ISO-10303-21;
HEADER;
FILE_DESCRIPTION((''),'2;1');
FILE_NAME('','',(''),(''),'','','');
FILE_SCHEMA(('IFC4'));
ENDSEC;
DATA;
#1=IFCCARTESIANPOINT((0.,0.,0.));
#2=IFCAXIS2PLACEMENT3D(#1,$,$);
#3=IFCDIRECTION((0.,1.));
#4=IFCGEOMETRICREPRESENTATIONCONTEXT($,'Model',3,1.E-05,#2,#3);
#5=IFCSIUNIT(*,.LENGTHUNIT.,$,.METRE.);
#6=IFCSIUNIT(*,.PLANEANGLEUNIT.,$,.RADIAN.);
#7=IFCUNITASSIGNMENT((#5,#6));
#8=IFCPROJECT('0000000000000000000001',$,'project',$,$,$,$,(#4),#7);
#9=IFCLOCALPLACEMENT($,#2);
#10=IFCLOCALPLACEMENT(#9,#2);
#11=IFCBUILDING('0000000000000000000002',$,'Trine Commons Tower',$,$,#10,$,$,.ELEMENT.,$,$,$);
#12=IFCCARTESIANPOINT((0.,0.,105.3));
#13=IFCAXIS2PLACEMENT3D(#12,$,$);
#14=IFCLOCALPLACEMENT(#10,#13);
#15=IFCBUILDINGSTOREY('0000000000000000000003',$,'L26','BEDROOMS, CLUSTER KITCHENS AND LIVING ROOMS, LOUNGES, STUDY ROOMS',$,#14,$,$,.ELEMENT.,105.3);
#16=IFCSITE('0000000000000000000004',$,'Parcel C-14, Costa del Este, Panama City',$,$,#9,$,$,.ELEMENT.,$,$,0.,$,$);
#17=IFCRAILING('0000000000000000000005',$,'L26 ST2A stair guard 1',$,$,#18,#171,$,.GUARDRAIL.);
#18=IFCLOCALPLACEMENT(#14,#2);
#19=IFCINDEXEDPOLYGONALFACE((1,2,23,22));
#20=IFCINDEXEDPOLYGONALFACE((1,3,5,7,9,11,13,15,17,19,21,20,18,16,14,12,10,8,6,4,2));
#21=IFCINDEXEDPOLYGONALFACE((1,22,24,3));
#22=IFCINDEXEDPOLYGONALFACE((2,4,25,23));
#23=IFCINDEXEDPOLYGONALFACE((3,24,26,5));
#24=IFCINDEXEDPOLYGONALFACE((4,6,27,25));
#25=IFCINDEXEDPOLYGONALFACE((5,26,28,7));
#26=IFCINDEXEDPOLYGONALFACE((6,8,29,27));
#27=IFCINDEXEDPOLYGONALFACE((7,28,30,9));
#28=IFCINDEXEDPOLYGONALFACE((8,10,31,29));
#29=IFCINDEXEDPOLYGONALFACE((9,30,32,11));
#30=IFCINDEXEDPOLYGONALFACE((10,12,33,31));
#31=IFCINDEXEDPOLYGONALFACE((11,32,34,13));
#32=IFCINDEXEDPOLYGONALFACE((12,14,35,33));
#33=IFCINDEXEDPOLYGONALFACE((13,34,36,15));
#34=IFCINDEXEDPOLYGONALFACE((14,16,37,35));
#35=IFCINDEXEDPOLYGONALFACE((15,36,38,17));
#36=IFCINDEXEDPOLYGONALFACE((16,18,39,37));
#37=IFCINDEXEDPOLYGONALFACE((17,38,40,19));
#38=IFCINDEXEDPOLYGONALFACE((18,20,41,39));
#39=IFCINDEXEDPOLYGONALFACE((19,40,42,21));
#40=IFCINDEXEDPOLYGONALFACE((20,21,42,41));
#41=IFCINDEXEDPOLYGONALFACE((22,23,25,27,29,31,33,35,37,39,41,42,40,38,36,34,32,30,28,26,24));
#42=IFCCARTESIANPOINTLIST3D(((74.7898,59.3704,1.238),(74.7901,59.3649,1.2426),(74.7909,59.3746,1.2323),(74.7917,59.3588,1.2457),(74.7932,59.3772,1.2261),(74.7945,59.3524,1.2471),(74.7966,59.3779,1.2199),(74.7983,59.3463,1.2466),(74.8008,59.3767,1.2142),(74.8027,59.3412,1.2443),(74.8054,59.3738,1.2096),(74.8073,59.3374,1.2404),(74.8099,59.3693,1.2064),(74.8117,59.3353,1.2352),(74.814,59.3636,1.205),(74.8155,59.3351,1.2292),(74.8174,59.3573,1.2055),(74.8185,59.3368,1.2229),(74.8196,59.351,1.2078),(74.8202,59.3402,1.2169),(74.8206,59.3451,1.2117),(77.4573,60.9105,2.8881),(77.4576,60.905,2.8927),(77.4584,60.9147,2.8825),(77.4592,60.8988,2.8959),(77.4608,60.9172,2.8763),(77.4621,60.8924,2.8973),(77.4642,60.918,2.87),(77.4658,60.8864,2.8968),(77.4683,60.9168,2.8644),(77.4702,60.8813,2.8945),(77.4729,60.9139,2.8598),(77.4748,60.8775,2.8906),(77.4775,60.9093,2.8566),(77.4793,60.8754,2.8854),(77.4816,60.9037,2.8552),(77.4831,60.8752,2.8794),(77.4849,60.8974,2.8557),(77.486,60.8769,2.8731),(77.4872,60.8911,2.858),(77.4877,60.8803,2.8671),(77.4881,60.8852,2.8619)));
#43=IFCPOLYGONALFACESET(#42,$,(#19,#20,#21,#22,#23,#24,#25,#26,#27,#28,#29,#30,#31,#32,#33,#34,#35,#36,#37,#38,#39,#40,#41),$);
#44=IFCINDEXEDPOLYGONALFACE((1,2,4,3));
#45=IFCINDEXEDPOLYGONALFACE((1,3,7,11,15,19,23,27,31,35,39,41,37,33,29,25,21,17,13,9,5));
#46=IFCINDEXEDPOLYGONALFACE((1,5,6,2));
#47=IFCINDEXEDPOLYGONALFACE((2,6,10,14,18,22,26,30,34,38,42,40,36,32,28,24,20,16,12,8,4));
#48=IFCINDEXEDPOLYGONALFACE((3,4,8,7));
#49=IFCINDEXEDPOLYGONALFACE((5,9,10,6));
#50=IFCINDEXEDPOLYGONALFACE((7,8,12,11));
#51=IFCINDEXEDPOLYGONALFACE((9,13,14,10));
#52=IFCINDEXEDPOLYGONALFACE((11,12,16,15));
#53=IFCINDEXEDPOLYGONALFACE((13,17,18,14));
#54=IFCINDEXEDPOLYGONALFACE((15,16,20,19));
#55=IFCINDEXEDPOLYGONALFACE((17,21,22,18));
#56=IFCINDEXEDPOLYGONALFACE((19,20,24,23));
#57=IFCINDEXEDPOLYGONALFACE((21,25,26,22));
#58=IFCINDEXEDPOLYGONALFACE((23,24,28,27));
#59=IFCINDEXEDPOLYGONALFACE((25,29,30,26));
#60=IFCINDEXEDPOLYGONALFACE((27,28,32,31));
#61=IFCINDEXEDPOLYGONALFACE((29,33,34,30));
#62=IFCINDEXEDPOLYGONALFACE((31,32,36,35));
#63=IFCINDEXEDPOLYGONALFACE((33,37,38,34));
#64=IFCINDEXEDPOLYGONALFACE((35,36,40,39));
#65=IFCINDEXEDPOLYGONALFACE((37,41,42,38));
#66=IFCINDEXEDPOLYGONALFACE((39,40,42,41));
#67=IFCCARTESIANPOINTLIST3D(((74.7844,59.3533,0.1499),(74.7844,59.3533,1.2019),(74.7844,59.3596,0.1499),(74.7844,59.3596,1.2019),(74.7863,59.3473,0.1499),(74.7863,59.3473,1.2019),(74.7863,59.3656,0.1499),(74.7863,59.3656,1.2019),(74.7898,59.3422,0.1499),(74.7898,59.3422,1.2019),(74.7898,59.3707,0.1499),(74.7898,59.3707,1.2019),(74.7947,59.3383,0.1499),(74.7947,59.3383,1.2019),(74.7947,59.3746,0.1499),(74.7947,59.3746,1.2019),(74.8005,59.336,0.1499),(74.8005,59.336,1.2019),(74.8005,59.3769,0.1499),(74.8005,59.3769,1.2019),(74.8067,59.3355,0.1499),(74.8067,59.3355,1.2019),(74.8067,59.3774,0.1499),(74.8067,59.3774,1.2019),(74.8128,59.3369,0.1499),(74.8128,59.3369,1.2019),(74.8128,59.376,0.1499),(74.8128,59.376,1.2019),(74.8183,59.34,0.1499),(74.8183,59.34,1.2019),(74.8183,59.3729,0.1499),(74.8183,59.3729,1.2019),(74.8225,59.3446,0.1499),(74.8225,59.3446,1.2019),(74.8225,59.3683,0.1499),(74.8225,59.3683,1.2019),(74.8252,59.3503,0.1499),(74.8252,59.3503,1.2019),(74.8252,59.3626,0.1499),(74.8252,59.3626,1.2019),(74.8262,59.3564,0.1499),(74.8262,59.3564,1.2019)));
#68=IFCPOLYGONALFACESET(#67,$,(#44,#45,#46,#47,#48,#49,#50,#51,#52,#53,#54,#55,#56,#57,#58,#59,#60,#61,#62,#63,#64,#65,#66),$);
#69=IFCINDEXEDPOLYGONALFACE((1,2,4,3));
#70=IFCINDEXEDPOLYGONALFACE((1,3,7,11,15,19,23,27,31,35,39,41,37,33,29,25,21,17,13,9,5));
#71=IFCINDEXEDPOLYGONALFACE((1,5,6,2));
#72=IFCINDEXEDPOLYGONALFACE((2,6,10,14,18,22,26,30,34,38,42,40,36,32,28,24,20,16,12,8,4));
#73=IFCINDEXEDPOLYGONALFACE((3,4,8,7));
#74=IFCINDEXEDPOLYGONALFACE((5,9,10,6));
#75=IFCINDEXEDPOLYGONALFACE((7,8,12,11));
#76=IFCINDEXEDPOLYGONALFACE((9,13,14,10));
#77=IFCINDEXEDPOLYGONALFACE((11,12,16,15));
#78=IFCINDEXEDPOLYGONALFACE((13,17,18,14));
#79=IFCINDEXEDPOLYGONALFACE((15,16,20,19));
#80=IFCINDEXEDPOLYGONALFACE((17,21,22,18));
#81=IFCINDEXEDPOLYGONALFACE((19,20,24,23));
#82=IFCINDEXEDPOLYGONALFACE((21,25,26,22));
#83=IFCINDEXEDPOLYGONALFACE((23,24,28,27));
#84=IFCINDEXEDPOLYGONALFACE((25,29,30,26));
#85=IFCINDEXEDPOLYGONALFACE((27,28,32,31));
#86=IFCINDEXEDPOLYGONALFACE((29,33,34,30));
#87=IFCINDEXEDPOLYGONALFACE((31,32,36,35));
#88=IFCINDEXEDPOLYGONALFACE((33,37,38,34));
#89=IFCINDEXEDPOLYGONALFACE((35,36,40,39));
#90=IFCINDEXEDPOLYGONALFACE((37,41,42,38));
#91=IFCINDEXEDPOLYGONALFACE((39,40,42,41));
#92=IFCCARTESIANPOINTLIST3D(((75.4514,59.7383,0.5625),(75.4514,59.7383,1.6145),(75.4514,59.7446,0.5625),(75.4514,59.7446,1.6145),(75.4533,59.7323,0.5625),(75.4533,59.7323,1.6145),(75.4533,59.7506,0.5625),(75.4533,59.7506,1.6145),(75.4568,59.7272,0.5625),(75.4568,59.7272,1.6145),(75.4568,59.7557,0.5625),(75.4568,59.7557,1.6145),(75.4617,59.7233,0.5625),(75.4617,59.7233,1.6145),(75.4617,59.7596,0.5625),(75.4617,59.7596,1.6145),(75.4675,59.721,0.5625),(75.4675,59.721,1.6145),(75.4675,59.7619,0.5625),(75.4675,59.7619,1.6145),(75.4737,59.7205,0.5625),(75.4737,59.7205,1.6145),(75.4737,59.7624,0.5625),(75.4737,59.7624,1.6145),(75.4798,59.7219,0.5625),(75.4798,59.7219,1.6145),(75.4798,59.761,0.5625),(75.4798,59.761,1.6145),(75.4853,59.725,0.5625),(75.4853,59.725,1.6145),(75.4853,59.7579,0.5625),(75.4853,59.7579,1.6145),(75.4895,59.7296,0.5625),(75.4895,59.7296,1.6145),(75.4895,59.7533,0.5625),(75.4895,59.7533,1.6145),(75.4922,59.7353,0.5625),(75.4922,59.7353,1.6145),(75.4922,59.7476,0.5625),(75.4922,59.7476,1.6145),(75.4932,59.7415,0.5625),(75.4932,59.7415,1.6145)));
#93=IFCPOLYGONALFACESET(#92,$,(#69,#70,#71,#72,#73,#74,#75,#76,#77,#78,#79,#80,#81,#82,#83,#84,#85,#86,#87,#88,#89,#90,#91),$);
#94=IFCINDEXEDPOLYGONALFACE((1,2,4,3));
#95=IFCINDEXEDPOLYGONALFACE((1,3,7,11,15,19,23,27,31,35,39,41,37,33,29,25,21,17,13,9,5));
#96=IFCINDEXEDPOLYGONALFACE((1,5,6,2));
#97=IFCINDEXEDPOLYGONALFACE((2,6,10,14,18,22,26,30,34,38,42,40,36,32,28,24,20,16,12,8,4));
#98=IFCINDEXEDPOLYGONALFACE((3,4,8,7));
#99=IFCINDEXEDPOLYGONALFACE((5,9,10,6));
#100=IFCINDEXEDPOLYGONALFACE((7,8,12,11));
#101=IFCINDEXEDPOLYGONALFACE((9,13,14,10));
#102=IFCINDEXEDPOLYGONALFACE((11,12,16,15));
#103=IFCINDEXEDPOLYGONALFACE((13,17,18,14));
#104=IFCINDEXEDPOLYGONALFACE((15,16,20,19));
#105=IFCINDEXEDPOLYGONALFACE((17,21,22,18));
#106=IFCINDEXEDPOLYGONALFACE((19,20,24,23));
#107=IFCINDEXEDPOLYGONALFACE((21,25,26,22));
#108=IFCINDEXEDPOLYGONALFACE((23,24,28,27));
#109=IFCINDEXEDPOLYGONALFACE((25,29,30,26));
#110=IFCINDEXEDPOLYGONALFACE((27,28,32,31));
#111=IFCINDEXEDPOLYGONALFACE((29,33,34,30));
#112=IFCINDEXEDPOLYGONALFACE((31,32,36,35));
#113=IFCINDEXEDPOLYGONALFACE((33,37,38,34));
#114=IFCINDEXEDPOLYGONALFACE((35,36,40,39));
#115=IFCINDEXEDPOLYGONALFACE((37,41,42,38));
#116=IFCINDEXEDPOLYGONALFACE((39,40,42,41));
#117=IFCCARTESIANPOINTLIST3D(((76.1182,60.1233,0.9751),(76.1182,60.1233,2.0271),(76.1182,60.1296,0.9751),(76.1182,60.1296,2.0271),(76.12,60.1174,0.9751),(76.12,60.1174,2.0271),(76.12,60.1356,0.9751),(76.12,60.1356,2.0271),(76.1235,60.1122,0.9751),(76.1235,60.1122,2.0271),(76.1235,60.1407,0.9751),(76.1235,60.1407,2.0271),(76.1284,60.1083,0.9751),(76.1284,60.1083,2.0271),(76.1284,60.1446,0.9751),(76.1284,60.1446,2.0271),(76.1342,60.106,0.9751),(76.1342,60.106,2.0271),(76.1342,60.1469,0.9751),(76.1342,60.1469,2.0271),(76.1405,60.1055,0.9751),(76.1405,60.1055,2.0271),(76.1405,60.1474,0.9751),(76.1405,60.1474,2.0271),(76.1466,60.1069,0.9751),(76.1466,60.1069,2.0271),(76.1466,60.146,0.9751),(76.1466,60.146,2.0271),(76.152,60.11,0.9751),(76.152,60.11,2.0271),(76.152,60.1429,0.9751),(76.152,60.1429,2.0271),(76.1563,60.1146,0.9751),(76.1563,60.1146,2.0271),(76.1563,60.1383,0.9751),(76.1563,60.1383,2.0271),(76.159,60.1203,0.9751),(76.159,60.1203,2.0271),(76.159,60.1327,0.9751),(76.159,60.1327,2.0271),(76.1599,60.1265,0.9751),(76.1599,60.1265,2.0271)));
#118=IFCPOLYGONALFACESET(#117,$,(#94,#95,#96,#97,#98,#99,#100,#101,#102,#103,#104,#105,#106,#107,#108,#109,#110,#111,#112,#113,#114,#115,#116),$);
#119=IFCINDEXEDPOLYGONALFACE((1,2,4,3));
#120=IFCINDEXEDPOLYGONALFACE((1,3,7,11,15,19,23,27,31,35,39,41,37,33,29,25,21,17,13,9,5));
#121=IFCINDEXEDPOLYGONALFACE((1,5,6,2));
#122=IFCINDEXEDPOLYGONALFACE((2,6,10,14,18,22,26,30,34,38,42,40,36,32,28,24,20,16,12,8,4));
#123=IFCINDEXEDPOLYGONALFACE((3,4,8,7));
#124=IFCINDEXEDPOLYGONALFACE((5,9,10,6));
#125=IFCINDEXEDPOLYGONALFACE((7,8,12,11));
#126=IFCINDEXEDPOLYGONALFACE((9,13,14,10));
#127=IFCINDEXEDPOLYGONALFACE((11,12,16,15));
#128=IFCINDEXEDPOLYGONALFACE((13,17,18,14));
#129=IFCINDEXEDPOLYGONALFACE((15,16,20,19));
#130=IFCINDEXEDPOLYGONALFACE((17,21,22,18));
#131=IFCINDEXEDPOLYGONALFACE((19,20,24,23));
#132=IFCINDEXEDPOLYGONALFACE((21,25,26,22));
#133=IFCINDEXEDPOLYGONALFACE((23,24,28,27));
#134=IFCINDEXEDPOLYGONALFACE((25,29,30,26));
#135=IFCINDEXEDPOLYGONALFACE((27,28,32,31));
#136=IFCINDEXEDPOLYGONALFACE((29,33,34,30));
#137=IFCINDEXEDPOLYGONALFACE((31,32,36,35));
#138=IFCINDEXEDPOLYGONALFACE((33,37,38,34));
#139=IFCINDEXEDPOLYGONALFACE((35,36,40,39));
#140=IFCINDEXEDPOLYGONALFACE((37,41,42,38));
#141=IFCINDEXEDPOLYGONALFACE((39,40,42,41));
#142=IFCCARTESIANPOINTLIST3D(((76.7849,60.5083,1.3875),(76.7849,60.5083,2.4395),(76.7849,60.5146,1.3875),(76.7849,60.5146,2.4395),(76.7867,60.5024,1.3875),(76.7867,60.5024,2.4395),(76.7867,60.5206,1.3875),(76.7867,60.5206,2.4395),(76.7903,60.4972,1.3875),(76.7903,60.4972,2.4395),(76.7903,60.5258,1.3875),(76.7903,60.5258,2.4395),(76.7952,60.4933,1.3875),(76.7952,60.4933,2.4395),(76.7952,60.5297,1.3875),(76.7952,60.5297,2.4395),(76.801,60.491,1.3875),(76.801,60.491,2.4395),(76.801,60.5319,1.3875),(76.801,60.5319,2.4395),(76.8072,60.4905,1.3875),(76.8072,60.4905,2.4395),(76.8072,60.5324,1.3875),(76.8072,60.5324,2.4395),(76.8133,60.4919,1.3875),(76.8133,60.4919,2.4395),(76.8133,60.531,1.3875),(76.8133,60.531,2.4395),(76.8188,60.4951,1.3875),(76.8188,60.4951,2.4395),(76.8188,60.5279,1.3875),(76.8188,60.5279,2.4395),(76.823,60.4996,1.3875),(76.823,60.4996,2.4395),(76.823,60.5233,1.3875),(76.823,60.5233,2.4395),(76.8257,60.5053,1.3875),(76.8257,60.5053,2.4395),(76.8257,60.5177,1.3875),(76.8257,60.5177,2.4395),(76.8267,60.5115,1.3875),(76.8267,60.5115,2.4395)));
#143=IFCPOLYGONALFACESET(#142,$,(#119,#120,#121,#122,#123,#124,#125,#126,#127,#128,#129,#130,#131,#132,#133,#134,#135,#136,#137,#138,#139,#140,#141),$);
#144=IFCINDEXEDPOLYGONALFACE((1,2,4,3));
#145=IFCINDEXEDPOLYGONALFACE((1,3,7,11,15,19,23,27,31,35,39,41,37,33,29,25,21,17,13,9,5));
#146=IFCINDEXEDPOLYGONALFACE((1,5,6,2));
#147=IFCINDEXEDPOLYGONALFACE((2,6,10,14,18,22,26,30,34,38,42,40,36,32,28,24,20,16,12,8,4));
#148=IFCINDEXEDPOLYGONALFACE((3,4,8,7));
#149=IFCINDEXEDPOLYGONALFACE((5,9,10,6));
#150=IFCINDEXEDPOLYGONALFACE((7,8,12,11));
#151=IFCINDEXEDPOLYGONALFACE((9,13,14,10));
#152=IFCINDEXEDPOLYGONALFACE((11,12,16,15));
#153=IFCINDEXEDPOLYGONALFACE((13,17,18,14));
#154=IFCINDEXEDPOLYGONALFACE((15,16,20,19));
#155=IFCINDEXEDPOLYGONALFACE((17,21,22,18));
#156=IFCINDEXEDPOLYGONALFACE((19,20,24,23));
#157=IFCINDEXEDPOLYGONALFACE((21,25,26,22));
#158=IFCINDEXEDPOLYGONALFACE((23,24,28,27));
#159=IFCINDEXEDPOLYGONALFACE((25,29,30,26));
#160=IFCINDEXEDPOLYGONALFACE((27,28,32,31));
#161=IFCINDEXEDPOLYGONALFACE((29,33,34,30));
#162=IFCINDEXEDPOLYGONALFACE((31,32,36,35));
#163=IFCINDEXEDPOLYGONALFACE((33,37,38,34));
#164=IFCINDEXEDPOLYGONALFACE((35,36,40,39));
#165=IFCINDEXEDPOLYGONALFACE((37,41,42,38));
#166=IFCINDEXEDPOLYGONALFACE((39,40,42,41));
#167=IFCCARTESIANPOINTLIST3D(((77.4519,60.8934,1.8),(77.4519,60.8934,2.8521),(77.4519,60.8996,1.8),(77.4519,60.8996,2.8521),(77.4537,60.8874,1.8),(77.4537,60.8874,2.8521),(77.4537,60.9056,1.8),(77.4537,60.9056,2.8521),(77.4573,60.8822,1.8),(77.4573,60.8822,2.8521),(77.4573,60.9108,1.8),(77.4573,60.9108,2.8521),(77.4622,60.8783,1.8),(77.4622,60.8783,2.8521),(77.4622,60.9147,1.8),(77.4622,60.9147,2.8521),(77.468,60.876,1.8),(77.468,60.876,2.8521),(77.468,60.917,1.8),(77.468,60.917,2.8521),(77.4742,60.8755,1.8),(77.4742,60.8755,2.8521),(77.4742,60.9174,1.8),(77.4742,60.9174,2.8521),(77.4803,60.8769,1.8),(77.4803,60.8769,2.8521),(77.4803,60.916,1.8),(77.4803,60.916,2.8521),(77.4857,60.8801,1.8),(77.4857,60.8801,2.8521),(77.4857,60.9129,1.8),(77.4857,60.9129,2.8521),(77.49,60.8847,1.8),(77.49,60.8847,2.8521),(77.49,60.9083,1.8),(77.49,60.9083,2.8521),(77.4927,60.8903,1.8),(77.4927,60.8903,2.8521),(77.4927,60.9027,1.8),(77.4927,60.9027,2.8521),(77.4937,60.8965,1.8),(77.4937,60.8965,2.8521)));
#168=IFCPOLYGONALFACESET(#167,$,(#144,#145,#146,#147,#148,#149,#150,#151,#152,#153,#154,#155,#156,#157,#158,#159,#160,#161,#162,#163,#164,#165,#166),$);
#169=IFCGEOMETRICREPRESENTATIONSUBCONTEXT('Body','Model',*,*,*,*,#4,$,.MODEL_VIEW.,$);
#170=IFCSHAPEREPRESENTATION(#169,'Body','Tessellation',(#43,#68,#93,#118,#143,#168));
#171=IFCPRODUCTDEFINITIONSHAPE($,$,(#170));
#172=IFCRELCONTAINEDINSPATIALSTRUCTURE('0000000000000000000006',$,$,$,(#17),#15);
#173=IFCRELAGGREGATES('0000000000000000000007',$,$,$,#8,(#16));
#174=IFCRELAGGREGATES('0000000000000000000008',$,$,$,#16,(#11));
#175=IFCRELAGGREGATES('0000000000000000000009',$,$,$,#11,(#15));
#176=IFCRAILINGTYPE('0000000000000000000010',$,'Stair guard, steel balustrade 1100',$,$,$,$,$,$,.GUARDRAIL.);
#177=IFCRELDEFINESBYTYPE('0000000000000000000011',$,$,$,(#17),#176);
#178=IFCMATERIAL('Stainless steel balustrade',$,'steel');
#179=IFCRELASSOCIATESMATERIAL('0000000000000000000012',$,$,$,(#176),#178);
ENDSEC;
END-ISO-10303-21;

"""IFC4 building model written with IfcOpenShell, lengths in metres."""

from ifc_helpers import new_model, si_unit, direction, frame, origin, origin_2d, place, context, subcontext, project, spatial, circle, extrude, material, type_object, element, save


model = new_model("IFC4")

# Units and contexts
model_context = context("Model", 3, precision=1e-05, world=origin(), true_north=direction((0.0, 1.0)))
body_context = subcontext(model_context, "Body", "Model", "MODEL_VIEW")
ifc_project = project(units=[si_unit("LENGTHUNIT", "METRE"), si_unit("PLANEANGLEUNIT", "RADIAN")], contexts=[model_context])

# Site, building, storey
site_placement = place(None, origin())
site = spatial("IfcSite", under=ifc_project, at=site_placement, Name="Parcel C-14, Costa del Este, Panama City", CompositionType="ELEMENT", RefElevation=0.0)
building_placement = place(site_placement, origin())
building = spatial("IfcBuilding", under=site, at=building_placement, Name="Trine Commons Tower", CompositionType="ELEMENT")
storey_placement = place(building_placement, frame((0.0, 0.0, 105.3)))
storey = spatial("IfcBuildingStorey", under=building, at=storey_placement, Name="L26", Description="BEDROOMS, CLUSTER KITCHENS AND LIVING ROOMS, LOUNGES, STUDY ROOMS", CompositionType="ELEMENT", Elevation=105.3)

# Railing
ifc_material_1 = material(Name="Stainless steel balustrade", Category="steel")
railing_type = type_object("IfcRailingType", Name="Stair guard, steel balustrade 1100", PredefinedType="GUARDRAIL", material=ifc_material_1)
railing_1_placement = place(storey_placement, frame((74.8052, 59.3564, 0.1499)))
element("IfcRailing", 1, at=railing_1_placement, inside=storey, type_object=railing_type, Name="L26 ST2A stair guard 1", PredefinedType="GUARDRAIL", context=body_context, shape_type="SweptSolid", body=[
    extrude(circle(Radius=0.0239, at=origin_2d()), frame((0.0, 0.0, 1.0762), z_axis=(0.76338, 0.440728, 0.472239), x_axis=(-0.499992, 0.86603, 0.0)), (0.0, 0.0, 1.0), 3.4944),
    extrude(circle(Radius=0.021, at=origin_2d()), origin(), (0.0, 0.0, 1.0), 1.052),
    extrude(circle(Radius=0.021, at=origin_2d()), frame((0.667, 0.385, 0.4126)), (0.0, 0.0, 1.0), 1.052),
    extrude(circle(Radius=0.021, at=origin_2d()), frame((1.3337, 0.77, 0.8252)), (0.0, 0.0, 1.0), 1.052),
    extrude(circle(Radius=0.021, at=origin_2d()), frame((2.0005, 1.155, 1.2375)), (0.0, 0.0, 1.0), 1.052),
    extrude(circle(Radius=0.021, at=origin_2d()), frame((2.6675, 1.54, 1.6501)), (0.0, 0.0, 1.0), 1.052),
])

save(model, "model.ifc")
